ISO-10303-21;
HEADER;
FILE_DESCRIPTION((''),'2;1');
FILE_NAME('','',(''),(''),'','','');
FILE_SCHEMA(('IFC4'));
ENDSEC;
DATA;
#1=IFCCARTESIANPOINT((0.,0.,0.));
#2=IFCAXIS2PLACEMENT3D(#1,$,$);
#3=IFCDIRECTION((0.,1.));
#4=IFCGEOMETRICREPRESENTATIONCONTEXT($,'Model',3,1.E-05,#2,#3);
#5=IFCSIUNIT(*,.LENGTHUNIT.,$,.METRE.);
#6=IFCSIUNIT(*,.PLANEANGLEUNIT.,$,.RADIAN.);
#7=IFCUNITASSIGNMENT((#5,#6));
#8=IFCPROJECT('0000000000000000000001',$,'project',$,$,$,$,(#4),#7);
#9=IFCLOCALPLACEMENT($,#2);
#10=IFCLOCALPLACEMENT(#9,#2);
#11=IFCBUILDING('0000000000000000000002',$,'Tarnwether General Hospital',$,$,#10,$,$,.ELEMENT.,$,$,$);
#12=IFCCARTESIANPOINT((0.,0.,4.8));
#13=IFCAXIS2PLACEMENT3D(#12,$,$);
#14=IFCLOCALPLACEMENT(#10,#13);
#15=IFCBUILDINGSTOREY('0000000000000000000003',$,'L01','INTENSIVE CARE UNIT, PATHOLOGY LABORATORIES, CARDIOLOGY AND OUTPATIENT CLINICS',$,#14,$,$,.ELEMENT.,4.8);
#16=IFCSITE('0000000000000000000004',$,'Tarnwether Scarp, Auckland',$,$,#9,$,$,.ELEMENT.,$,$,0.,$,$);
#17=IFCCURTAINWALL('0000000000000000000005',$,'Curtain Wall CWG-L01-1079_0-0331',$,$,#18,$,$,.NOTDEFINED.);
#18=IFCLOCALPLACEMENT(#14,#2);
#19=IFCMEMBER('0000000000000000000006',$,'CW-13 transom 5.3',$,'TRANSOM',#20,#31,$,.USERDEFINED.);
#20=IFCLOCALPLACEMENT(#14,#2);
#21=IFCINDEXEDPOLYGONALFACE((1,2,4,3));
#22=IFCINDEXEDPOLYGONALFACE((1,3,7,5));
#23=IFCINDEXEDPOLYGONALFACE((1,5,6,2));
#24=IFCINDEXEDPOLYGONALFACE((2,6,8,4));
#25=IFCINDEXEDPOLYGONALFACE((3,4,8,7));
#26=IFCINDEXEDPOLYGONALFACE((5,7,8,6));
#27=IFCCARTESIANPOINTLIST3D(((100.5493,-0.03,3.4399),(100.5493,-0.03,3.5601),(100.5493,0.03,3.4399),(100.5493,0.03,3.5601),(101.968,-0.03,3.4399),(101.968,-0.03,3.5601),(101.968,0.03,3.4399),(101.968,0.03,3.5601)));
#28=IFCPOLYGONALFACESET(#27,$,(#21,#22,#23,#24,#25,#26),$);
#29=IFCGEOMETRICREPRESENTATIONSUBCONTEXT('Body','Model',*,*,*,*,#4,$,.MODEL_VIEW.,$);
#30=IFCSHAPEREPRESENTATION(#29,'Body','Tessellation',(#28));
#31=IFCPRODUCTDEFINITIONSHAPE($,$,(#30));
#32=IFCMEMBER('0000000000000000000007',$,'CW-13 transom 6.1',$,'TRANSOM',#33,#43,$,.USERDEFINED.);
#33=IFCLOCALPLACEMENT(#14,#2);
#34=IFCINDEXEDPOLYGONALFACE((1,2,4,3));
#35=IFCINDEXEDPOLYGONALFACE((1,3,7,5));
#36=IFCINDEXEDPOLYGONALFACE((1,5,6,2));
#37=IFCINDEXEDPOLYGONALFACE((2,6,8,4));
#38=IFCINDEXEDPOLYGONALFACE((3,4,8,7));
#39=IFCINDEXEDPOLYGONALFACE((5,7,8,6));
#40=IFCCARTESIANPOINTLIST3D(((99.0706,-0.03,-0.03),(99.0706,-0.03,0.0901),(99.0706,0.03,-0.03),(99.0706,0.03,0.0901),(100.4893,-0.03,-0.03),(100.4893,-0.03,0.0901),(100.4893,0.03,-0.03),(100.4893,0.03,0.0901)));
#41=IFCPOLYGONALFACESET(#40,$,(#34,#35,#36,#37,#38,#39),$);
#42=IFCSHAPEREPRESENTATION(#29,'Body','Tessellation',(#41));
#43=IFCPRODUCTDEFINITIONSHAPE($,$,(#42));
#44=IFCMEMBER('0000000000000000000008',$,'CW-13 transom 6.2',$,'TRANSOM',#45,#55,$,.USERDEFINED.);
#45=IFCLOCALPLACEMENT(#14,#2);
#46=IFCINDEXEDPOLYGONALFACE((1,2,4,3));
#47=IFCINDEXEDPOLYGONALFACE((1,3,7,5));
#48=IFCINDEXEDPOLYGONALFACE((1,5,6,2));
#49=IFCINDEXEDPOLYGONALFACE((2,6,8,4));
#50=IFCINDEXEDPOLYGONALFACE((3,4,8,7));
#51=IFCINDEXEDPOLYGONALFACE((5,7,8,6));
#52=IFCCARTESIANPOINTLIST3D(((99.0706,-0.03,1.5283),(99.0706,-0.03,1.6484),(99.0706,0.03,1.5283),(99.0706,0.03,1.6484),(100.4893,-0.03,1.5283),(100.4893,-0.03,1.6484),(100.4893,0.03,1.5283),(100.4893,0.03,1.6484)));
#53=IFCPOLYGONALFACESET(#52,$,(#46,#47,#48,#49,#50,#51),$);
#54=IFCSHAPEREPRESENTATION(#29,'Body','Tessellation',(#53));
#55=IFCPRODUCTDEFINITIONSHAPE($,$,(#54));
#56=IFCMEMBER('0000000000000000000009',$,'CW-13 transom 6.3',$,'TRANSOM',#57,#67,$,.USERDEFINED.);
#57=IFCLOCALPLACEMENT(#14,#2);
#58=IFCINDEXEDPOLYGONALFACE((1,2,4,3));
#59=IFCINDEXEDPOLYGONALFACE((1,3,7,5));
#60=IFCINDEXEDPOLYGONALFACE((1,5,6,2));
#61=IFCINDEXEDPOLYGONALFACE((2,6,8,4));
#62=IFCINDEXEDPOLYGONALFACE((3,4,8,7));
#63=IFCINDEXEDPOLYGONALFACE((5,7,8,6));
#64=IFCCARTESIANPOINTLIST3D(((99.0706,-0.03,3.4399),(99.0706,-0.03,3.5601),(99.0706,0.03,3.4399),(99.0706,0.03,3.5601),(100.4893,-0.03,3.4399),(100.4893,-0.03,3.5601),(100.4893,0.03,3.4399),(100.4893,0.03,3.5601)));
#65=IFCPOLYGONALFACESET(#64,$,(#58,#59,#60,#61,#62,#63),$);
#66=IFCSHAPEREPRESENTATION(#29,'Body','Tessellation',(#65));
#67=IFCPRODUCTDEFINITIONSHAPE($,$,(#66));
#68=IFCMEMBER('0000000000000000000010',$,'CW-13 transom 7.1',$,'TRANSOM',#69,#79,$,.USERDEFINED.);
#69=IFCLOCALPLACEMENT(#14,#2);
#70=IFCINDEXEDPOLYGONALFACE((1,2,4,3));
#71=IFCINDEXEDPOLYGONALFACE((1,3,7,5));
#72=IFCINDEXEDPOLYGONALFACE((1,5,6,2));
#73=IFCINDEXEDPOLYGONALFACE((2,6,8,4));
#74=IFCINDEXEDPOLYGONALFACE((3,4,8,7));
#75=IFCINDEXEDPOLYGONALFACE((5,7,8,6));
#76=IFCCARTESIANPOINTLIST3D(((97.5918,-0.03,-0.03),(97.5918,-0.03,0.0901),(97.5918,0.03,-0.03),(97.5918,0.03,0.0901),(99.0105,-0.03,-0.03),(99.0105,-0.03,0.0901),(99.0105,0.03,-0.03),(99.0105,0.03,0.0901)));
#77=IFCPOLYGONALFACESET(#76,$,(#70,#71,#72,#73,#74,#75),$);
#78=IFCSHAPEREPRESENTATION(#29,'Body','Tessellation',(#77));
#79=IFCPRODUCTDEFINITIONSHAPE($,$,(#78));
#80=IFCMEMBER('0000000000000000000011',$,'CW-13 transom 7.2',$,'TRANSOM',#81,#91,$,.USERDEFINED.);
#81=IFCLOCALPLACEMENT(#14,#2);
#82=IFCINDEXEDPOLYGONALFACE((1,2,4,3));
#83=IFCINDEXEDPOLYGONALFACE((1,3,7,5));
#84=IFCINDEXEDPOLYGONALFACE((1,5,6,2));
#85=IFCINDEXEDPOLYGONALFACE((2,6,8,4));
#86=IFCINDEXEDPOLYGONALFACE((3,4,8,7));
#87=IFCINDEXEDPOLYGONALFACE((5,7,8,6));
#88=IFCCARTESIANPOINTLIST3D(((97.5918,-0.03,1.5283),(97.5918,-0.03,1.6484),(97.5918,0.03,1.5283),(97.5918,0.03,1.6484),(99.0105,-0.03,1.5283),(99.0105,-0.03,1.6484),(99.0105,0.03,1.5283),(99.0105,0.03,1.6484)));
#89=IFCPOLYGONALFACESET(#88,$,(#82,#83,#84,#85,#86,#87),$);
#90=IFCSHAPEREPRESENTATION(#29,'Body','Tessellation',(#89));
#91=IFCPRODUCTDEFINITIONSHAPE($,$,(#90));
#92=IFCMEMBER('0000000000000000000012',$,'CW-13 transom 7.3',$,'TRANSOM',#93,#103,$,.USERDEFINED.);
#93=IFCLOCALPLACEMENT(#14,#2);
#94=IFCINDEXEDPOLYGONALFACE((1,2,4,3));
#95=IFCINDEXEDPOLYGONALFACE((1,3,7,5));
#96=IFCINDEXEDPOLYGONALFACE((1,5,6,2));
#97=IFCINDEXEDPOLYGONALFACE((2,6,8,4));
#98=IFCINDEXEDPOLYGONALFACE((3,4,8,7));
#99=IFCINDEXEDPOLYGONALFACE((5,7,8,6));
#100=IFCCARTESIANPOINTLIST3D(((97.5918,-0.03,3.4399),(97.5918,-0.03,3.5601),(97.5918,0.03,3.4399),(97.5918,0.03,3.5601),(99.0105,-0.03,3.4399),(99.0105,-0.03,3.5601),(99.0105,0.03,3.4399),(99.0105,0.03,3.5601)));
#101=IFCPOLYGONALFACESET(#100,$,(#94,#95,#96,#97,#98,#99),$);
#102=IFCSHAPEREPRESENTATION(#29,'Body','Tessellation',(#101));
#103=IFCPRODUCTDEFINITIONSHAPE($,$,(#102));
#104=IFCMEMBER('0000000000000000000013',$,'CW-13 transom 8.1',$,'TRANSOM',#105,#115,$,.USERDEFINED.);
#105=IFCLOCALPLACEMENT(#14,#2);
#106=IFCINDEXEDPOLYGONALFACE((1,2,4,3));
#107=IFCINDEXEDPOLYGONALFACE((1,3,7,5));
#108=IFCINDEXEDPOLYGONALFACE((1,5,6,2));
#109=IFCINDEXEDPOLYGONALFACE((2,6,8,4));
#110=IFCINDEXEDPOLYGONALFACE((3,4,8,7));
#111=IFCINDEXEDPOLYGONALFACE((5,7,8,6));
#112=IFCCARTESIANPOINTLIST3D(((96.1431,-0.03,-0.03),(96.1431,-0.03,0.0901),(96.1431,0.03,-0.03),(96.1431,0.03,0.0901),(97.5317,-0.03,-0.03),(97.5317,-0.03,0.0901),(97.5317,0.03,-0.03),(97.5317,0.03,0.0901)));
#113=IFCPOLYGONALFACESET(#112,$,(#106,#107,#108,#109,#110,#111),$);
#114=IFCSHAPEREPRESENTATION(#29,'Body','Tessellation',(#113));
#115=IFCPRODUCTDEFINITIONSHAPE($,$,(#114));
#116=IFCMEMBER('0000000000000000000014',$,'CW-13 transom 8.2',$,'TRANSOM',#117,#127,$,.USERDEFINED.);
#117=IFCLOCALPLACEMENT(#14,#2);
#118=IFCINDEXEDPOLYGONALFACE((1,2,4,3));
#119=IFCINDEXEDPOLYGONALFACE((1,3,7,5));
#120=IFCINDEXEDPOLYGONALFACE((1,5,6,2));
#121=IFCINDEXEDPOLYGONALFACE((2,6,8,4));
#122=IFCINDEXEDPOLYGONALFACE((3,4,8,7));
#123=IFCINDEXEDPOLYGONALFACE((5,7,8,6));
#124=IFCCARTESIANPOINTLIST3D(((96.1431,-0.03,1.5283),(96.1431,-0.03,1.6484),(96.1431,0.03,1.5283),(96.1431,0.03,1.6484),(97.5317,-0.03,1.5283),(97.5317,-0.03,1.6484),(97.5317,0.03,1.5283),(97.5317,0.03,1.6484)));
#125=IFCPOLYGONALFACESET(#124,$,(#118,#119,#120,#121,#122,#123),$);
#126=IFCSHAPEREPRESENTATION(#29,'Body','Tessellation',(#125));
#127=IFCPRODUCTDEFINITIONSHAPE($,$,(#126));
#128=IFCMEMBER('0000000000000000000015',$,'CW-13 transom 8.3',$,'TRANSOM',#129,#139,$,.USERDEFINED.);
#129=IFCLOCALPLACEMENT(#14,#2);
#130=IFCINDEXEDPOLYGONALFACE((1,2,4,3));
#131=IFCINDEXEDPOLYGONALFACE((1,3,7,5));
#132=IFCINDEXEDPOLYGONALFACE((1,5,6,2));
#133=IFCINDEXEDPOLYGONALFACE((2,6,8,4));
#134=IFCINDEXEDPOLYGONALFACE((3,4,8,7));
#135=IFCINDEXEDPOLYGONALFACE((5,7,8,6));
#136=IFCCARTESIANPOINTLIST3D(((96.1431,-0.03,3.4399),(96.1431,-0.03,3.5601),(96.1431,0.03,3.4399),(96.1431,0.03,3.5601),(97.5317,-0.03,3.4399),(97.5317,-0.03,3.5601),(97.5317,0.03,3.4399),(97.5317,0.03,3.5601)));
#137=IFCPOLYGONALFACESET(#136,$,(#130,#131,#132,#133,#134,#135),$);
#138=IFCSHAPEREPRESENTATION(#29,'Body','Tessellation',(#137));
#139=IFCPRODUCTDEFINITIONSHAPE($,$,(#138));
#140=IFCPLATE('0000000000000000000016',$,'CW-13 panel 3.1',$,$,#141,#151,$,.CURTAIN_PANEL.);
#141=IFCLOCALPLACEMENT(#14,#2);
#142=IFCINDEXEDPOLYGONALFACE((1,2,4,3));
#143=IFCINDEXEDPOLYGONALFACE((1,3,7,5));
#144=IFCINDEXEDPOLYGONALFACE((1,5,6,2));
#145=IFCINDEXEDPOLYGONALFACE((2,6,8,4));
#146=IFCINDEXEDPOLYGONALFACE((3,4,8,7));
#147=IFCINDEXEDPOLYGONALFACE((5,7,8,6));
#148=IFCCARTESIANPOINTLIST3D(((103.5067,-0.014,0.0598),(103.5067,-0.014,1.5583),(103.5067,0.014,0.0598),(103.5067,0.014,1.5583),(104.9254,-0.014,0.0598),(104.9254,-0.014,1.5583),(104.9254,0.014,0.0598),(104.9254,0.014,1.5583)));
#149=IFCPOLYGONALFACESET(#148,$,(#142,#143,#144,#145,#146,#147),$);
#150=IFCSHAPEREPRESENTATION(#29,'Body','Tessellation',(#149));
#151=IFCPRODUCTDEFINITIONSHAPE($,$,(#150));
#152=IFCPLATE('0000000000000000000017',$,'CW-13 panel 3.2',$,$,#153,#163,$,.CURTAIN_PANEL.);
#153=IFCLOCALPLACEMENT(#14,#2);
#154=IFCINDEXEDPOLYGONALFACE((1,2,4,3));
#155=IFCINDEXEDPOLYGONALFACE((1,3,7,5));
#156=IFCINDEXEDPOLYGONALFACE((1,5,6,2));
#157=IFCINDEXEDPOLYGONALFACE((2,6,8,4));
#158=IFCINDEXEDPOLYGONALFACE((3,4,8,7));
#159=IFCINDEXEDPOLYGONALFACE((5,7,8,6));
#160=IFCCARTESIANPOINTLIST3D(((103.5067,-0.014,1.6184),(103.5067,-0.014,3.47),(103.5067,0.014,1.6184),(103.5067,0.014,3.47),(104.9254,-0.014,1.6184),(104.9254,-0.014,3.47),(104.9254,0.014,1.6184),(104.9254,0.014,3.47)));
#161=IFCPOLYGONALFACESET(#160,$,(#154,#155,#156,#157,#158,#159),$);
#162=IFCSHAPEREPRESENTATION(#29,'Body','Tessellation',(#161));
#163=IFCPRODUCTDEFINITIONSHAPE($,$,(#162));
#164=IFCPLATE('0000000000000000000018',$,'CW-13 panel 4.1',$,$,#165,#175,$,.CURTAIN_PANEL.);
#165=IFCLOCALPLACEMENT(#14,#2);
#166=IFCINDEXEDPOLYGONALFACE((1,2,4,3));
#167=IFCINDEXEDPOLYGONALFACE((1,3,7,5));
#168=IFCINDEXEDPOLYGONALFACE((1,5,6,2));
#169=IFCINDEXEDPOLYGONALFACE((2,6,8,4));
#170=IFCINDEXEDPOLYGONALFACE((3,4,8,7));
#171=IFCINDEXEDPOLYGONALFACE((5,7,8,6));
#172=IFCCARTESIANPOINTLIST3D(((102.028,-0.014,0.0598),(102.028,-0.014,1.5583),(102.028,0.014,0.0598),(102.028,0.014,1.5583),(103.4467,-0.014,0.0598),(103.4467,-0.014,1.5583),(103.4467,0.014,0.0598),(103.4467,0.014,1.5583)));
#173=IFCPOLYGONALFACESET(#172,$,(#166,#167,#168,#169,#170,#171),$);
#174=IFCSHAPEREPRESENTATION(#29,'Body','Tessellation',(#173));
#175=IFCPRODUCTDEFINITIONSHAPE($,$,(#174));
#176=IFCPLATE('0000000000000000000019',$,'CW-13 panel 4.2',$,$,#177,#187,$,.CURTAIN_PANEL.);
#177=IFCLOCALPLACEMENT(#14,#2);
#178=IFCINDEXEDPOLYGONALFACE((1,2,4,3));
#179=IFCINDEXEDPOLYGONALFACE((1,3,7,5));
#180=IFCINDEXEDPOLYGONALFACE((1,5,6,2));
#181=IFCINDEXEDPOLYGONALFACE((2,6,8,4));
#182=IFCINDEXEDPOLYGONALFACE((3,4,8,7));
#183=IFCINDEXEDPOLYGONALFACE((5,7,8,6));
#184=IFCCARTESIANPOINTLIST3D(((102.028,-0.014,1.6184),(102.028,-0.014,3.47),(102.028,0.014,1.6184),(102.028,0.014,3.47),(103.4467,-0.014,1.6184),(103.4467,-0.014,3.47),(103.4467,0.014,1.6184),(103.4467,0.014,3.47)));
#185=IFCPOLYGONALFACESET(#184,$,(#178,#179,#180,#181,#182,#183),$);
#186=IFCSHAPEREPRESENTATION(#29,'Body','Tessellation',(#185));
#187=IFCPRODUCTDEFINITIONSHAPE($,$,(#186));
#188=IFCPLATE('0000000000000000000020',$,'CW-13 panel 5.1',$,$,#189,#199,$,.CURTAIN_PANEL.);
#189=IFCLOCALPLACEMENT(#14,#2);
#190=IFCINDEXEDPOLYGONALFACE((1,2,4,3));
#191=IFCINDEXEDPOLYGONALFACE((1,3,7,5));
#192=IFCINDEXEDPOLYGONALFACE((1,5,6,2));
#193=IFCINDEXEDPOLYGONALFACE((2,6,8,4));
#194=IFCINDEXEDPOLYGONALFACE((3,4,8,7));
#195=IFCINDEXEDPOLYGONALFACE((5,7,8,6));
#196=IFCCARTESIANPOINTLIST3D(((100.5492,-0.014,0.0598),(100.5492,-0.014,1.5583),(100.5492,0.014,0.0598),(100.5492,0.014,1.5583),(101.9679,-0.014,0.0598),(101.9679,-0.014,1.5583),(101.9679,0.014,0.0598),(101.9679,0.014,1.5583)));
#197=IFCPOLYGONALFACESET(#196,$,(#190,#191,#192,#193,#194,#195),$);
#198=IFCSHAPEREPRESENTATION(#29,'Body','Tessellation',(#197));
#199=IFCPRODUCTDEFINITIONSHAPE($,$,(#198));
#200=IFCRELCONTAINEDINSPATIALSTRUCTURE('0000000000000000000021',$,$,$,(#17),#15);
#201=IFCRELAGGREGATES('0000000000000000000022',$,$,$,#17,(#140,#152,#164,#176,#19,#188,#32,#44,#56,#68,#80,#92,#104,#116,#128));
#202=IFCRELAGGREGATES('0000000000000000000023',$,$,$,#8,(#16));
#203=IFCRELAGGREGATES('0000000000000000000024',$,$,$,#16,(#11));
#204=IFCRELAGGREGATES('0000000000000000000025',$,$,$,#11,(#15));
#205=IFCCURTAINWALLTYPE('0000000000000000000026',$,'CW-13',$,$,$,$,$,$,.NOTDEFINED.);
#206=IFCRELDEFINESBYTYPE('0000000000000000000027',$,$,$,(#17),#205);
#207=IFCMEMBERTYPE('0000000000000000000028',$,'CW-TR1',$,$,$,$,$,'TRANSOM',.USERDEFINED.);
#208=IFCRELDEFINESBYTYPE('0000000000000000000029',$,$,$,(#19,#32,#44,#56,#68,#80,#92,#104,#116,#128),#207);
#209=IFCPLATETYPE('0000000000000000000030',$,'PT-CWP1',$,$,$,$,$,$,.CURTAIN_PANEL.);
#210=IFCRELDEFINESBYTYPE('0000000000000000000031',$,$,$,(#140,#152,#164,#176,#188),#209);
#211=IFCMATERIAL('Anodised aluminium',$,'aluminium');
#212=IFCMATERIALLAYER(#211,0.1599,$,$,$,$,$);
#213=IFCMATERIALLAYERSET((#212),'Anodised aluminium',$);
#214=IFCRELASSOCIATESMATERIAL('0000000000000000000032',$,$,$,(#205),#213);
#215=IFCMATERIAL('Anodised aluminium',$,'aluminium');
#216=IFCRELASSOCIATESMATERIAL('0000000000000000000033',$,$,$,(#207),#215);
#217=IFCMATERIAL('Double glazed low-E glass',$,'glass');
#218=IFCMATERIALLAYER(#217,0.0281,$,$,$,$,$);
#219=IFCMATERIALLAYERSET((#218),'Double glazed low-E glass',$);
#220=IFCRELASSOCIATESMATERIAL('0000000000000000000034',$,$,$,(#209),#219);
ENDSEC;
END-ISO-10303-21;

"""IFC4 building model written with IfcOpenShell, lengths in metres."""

from ifc_helpers import new_model, si_unit, direction, frame, origin, origin_2d, place, context, subcontext, project, spatial, rectangle, extrude, material, layer, layer_set, material_profile, profile_set, type_object, element, aggregate, save


model = new_model("IFC4")

# Units and contexts
model_context = context("Model", 3, precision=1e-05, world=origin(), true_north=direction((0.0, 1.0)))
body_context = subcontext(model_context, "Body", "Model", "MODEL_VIEW")
ifc_project = project(units=[si_unit("LENGTHUNIT", "METRE"), si_unit("PLANEANGLEUNIT", "RADIAN")], contexts=[model_context])

# Site, building, storey
site_placement = place(None, origin())
site = spatial("IfcSite", under=ifc_project, at=site_placement, Name="Tarnwether Scarp, Auckland", CompositionType="ELEMENT", RefElevation=0.0)
building_placement = place(site_placement, origin())
building = spatial("IfcBuilding", under=site, at=building_placement, Name="Tarnwether General Hospital", CompositionType="ELEMENT")
storey_placement = place(building_placement, frame((0.0, 0.0, 4.8)))
storey = spatial("IfcBuildingStorey", under=building, at=storey_placement, Name="L01", Description="INTENSIVE CARE UNIT, PATHOLOGY LABORATORIES, CARDIOLOGY AND OUTPATIENT CLINICS", CompositionType="ELEMENT", Elevation=4.8)

# Curtain wall, members, plates
ifc_material_1 = material(Name="Anodised aluminium", Category="aluminium")
ifc_layer_1 = layer(ifc_material_1, 0.1599)
ifc_layer_set_1 = layer_set([ifc_layer_1], Name="Anodised aluminium")
curtain_wall_type = type_object("IfcCurtainWallType", Name="CW-13", PredefinedType="NOTDEFINED", material=ifc_layer_set_1)
curtain_wall_placement = place(storey_placement, origin())
curtain_wall = element("IfcCurtainWall", 1, at=curtain_wall_placement, inside=storey, type_object=curtain_wall_type, Name="Curtain Wall CWG-L01-1079_0-0331", PredefinedType="NOTDEFINED")
ifc_material_2 = material(Name="Anodised aluminium", Category="aluminium")
ifc_material_profile_1 = material_profile(ifc_material_2, rectangle(XDim=0.0601, YDim=0.1201, at=origin_2d()), Name="ALU-TRN-60x120")
ifc_profile_set_1 = profile_set([ifc_material_profile_1], Name="Anodised aluminium")
member_type_1 = type_object("IfcMemberType", Name="CW-TR1", ElementType="TRANSOM", PredefinedType="USERDEFINED", material=ifc_profile_set_1)
member_1_placement = place(storey_placement, frame((101.968, 0.0, 3.5), z_axis=(-1.0, 0.0, 0.0), x_axis=(0.0, -1.0, 0.0)))
member_1 = element("IfcMember", 2, at=member_1_placement, type_object=member_type_1, Name="CW-13 transom 5.3", ObjectType="TRANSOM", PredefinedType="USERDEFINED", context=body_context, shape_type="SweptSolid", body=[
    extrude(rectangle(XDim=0.0601, YDim=0.1201, at=origin_2d()), origin(), (0.0, 0.0, 1.0), 1.4187),
])
member_2_placement = place(storey_placement, frame((100.4893, 0.0, 0.03), z_axis=(-1.0, 0.0, 0.0), x_axis=(0.0, -1.0, 0.0)))
member_2 = element("IfcMember", 3, at=member_2_placement, type_object=member_type_1, Name="CW-13 transom 6.1", ObjectType="TRANSOM", PredefinedType="USERDEFINED", context=body_context, shape_type="SweptSolid", body=[
    extrude(rectangle(XDim=0.0601, YDim=0.1201, at=origin_2d()), origin(), (0.0, 0.0, 1.0), 1.4187),
])
member_3_placement = place(storey_placement, frame((100.4893, 0.0, 1.5884), z_axis=(-1.0, 0.0, 0.0), x_axis=(0.0, -1.0, 0.0)))
member_3 = element("IfcMember", 4, at=member_3_placement, type_object=member_type_1, Name="CW-13 transom 6.2", ObjectType="TRANSOM", PredefinedType="USERDEFINED", context=body_context, shape_type="SweptSolid", body=[
    extrude(rectangle(XDim=0.0601, YDim=0.1201, at=origin_2d()), origin(), (0.0, 0.0, 1.0), 1.4187),
])
member_4_placement = place(storey_placement, frame((100.4893, 0.0, 3.5), z_axis=(-1.0, 0.0, 0.0), x_axis=(0.0, -1.0, 0.0)))
member_4 = element("IfcMember", 5, at=member_4_placement, type_object=member_type_1, Name="CW-13 transom 6.3", ObjectType="TRANSOM", PredefinedType="USERDEFINED", context=body_context, shape_type="SweptSolid", body=[
    extrude(rectangle(XDim=0.0601, YDim=0.1201, at=origin_2d()), origin(), (0.0, 0.0, 1.0), 1.4187),
])
member_5_placement = place(storey_placement, frame((99.0105, 0.0, 0.03), z_axis=(-1.0, 0.0, 0.0), x_axis=(0.0, -1.0, 0.0)))
member_5 = element("IfcMember", 6, at=member_5_placement, type_object=member_type_1, Name="CW-13 transom 7.1", ObjectType="TRANSOM", PredefinedType="USERDEFINED", context=body_context, shape_type="SweptSolid", body=[
    extrude(rectangle(XDim=0.0601, YDim=0.1201, at=origin_2d()), origin(), (0.0, 0.0, 1.0), 1.4187),
])
member_6_placement = place(storey_placement, frame((99.0105, 0.0, 1.5884), z_axis=(-1.0, 0.0, 0.0), x_axis=(0.0, -1.0, 0.0)))
member_6 = element("IfcMember", 7, at=member_6_placement, type_object=member_type_1, Name="CW-13 transom 7.2", ObjectType="TRANSOM", PredefinedType="USERDEFINED", context=body_context, shape_type="SweptSolid", body=[
    extrude(rectangle(XDim=0.0601, YDim=0.1201, at=origin_2d()), origin(), (0.0, 0.0, 1.0), 1.4187),
])
member_7_placement = place(storey_placement, frame((99.0105, 0.0, 3.5), z_axis=(-1.0, 0.0, 0.0), x_axis=(0.0, -1.0, 0.0)))
member_7 = element("IfcMember", 8, at=member_7_placement, type_object=member_type_1, Name="CW-13 transom 7.3", ObjectType="TRANSOM", PredefinedType="USERDEFINED", context=body_context, shape_type="SweptSolid", body=[
    extrude(rectangle(XDim=0.0601, YDim=0.1201, at=origin_2d()), origin(), (0.0, 0.0, 1.0), 1.4187),
])
member_8_placement = place(storey_placement, frame((97.5317, 0.0, 0.03), z_axis=(-1.0, 0.0, 0.0), x_axis=(0.0, -1.0, 0.0)))
member_8 = element("IfcMember", 9, at=member_8_placement, type_object=member_type_1, Name="CW-13 transom 8.1", ObjectType="TRANSOM", PredefinedType="USERDEFINED", context=body_context, shape_type="SweptSolid", body=[
    extrude(rectangle(XDim=0.0601, YDim=0.1201, at=origin_2d()), origin(), (0.0, 0.0, 1.0), 1.3887),
])
member_9_placement = place(storey_placement, frame((97.5317, 0.0, 1.5884), z_axis=(-1.0, 0.0, 0.0), x_axis=(0.0, -1.0, 0.0)))
member_9 = element("IfcMember", 10, at=member_9_placement, type_object=member_type_1, Name="CW-13 transom 8.2", ObjectType="TRANSOM", PredefinedType="USERDEFINED", context=body_context, shape_type="SweptSolid", body=[
    extrude(rectangle(XDim=0.0601, YDim=0.1201, at=origin_2d()), origin(), (0.0, 0.0, 1.0), 1.3887),
])
member_10_placement = place(storey_placement, frame((97.5317, 0.0, 3.5), z_axis=(-1.0, 0.0, 0.0), x_axis=(0.0, -1.0, 0.0)))
member_10 = element("IfcMember", 11, at=member_10_placement, type_object=member_type_1, Name="CW-13 transom 8.3", ObjectType="TRANSOM", PredefinedType="USERDEFINED", context=body_context, shape_type="SweptSolid", body=[
    extrude(rectangle(XDim=0.0601, YDim=0.1201, at=origin_2d()), origin(), (0.0, 0.0, 1.0), 1.3887),
])
ifc_material_3 = material(Name="Double glazed low-E glass", Category="glass")
ifc_layer_2 = layer(ifc_material_3, 0.0281)
ifc_layer_set_2 = layer_set([ifc_layer_2], Name="Double glazed low-E glass")
plate_type_1 = type_object("IfcPlateType", Name="PT-CWP1", PredefinedType="CURTAIN_PANEL", material=ifc_layer_set_2)
plate_1_placement = place(storey_placement, frame((104.2161, 0.0, 0.0598), z_axis=(0.0, 0.0, 1.0), x_axis=(-1.0, 0.0, 0.0)))
plate_1 = element("IfcPlate", 12, at=plate_1_placement, type_object=plate_type_1, Name="CW-13 panel 3.1", PredefinedType="CURTAIN_PANEL", context=body_context, shape_type="SweptSolid", body=[
    extrude(rectangle(XDim=1.4187, YDim=0.0281, at=origin_2d()), origin(), (0.0, 0.0, 1.0), 1.4985),
])
plate_2_placement = place(storey_placement, frame((104.2161, 0.0, 1.6184), z_axis=(0.0, 0.0, 1.0), x_axis=(-1.0, 0.0, 0.0)))
plate_2 = element("IfcPlate", 13, at=plate_2_placement, type_object=plate_type_1, Name="CW-13 panel 3.2", PredefinedType="CURTAIN_PANEL", context=body_context, shape_type="SweptSolid", body=[
    extrude(rectangle(XDim=1.4187, YDim=0.0281, at=origin_2d()), origin(), (0.0, 0.0, 1.0), 1.8516),
])
plate_3_placement = place(storey_placement, frame((102.7373, 0.0, 0.0598), z_axis=(0.0, 0.0, 1.0), x_axis=(-1.0, 0.0, 0.0)))
plate_3 = element("IfcPlate", 14, at=plate_3_placement, type_object=plate_type_1, Name="CW-13 panel 4.1", PredefinedType="CURTAIN_PANEL", context=body_context, shape_type="SweptSolid", body=[
    extrude(rectangle(XDim=1.4187, YDim=0.0281, at=origin_2d()), origin(), (0.0, 0.0, 1.0), 1.4985),
])
plate_4_placement = place(storey_placement, frame((102.7373, 0.0, 1.6184), z_axis=(0.0, 0.0, 1.0), x_axis=(-1.0, 0.0, 0.0)))
plate_4 = element("IfcPlate", 15, at=plate_4_placement, type_object=plate_type_1, Name="CW-13 panel 4.2", PredefinedType="CURTAIN_PANEL", context=body_context, shape_type="SweptSolid", body=[
    extrude(rectangle(XDim=1.4187, YDim=0.0281, at=origin_2d()), origin(), (0.0, 0.0, 1.0), 1.8516),
])
plate_5_placement = place(storey_placement, frame((101.2585, 0.0, 0.0598), z_axis=(0.0, 0.0, 1.0), x_axis=(-1.0, 0.0, 0.0)))
plate_5 = element("IfcPlate", 16, at=plate_5_placement, type_object=plate_type_1, Name="CW-13 panel 5.1", PredefinedType="CURTAIN_PANEL", context=body_context, shape_type="SweptSolid", body=[
    extrude(rectangle(XDim=1.4187, YDim=0.0281, at=origin_2d()), origin(), (0.0, 0.0, 1.0), 1.4985),
])
aggregate(curtain_wall, [plate_1, plate_2, plate_3, plate_4, member_1, plate_5, member_2, member_3, member_4, member_5, member_6, member_7, member_8, member_9, member_10])

save(model, "model.ifc")
